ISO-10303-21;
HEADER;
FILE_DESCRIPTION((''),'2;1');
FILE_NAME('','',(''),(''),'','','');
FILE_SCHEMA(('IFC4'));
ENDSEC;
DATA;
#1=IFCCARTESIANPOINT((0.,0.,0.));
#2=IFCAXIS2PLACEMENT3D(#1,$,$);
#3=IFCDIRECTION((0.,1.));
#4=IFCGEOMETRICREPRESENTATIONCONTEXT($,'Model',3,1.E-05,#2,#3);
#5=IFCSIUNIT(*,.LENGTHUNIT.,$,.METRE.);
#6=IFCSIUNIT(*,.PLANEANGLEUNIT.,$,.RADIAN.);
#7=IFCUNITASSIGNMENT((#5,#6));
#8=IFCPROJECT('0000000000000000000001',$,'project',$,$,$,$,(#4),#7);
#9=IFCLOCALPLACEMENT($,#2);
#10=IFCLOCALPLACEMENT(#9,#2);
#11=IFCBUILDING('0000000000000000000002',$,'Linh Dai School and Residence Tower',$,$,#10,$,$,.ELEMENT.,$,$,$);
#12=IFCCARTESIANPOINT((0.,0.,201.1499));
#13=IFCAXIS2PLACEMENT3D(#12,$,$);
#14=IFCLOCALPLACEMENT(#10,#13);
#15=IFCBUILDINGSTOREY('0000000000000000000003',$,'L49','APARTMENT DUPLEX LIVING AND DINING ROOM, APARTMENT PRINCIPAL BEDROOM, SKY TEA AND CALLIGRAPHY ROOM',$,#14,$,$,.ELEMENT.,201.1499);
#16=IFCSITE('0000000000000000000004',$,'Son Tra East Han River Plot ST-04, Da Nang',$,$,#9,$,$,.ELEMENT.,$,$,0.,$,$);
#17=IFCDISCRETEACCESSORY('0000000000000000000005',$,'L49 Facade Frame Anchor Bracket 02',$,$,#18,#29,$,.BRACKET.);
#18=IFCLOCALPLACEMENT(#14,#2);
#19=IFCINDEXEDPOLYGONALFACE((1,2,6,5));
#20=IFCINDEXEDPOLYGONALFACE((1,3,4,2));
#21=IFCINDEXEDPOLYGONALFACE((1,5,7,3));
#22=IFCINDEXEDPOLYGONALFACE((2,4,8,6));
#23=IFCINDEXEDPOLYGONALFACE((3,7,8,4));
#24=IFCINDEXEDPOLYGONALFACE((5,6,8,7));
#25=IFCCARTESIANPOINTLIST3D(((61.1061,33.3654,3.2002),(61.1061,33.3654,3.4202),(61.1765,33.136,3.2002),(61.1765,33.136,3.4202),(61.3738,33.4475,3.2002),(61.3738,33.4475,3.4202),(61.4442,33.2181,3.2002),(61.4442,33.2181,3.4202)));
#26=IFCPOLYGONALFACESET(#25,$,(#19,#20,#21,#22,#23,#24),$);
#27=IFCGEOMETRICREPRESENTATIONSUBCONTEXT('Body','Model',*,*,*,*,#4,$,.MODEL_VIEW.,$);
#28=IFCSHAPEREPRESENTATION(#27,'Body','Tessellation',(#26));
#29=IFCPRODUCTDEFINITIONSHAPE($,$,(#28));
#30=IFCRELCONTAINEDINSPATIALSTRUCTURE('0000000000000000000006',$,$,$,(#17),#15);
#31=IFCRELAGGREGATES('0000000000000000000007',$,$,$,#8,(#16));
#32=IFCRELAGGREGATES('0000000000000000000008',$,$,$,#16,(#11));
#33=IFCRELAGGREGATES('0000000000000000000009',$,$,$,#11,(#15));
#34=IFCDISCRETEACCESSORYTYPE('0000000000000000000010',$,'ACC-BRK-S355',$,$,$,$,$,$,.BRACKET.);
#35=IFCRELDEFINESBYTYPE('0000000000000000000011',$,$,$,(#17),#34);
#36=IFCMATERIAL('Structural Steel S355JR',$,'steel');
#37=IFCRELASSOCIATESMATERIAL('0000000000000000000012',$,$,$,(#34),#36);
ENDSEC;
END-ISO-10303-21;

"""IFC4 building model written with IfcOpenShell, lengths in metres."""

from ifc_helpers import new_model, si_unit, direction, frame, origin, origin_2d, place, context, subcontext, project, spatial, rectangle, extrude, source, transform, mapped, material, type_object, element, save


model = new_model("IFC4")

# Units and contexts
model_context = context("Model", 3, precision=1e-05, world=origin(), true_north=direction((0.0, 1.0)))
body_context = subcontext(model_context, "Body", "Model", "MODEL_VIEW")
ifc_project = project(units=[si_unit("LENGTHUNIT", "METRE"), si_unit("PLANEANGLEUNIT", "RADIAN")], contexts=[model_context])

# Site, building, storey
site_placement = place(None, origin())
site = spatial("IfcSite", under=ifc_project, at=site_placement, Name="Son Tra East Han River Plot ST-04, Da Nang", CompositionType="ELEMENT", RefElevation=0.0)
building_placement = place(site_placement, origin())
building = spatial("IfcBuilding", under=site, at=building_placement, Name="Linh Dai School and Residence Tower", CompositionType="ELEMENT")
storey_placement = place(building_placement, frame((0.0, 0.0, 201.1499)))
storey = spatial("IfcBuildingStorey", under=building, at=storey_placement, Name="L49", Description="APARTMENT DUPLEX LIVING AND DINING ROOM, APARTMENT PRINCIPAL BEDROOM, SKY TEA AND CALLIGRAPHY ROOM", CompositionType="ELEMENT", Elevation=201.1499)

# Shared definitions
ifc_material_1 = material(Name="Structural Steel S355JR", Category="steel")

# Discrete accessory
discrete_accessory_type = type_object("IfcDiscreteAccessoryType", Name="ACC-BRK-S355", PredefinedType="BRACKET", material=ifc_material_1)
shared_shape_1 = source(origin(), body_context, "Body", "SweptSolid", [
    extrude(rectangle(XDim=0.28, YDim=0.24, at=origin_2d()), origin(), (0.0, 0.0, 1.0), 0.22),
])
discrete_accessory_placement = place(storey_placement, frame((61.2751, 33.2917, 3.2002), z_axis=(0.0, 0.0, 1.0), x_axis=(0.956075, 0.293122, 0.0)))
element("IfcDiscreteAccessory", 1, at=discrete_accessory_placement, inside=storey, type_object=discrete_accessory_type, Name="L49 Facade Frame Anchor Bracket 02", PredefinedType="BRACKET", context=body_context, shape_type="MappedRepresentation", body=[
    mapped(shared_shape_1, transform((0.0, 0.0, 0.0), x_axis=(1.0, 0.0, 0.0), y_axis=(0.0, 1.0, 0.0), z_axis=(0.0, 0.0, 1.0), scale=1.0)),
])

save(model, "model.ifc")
